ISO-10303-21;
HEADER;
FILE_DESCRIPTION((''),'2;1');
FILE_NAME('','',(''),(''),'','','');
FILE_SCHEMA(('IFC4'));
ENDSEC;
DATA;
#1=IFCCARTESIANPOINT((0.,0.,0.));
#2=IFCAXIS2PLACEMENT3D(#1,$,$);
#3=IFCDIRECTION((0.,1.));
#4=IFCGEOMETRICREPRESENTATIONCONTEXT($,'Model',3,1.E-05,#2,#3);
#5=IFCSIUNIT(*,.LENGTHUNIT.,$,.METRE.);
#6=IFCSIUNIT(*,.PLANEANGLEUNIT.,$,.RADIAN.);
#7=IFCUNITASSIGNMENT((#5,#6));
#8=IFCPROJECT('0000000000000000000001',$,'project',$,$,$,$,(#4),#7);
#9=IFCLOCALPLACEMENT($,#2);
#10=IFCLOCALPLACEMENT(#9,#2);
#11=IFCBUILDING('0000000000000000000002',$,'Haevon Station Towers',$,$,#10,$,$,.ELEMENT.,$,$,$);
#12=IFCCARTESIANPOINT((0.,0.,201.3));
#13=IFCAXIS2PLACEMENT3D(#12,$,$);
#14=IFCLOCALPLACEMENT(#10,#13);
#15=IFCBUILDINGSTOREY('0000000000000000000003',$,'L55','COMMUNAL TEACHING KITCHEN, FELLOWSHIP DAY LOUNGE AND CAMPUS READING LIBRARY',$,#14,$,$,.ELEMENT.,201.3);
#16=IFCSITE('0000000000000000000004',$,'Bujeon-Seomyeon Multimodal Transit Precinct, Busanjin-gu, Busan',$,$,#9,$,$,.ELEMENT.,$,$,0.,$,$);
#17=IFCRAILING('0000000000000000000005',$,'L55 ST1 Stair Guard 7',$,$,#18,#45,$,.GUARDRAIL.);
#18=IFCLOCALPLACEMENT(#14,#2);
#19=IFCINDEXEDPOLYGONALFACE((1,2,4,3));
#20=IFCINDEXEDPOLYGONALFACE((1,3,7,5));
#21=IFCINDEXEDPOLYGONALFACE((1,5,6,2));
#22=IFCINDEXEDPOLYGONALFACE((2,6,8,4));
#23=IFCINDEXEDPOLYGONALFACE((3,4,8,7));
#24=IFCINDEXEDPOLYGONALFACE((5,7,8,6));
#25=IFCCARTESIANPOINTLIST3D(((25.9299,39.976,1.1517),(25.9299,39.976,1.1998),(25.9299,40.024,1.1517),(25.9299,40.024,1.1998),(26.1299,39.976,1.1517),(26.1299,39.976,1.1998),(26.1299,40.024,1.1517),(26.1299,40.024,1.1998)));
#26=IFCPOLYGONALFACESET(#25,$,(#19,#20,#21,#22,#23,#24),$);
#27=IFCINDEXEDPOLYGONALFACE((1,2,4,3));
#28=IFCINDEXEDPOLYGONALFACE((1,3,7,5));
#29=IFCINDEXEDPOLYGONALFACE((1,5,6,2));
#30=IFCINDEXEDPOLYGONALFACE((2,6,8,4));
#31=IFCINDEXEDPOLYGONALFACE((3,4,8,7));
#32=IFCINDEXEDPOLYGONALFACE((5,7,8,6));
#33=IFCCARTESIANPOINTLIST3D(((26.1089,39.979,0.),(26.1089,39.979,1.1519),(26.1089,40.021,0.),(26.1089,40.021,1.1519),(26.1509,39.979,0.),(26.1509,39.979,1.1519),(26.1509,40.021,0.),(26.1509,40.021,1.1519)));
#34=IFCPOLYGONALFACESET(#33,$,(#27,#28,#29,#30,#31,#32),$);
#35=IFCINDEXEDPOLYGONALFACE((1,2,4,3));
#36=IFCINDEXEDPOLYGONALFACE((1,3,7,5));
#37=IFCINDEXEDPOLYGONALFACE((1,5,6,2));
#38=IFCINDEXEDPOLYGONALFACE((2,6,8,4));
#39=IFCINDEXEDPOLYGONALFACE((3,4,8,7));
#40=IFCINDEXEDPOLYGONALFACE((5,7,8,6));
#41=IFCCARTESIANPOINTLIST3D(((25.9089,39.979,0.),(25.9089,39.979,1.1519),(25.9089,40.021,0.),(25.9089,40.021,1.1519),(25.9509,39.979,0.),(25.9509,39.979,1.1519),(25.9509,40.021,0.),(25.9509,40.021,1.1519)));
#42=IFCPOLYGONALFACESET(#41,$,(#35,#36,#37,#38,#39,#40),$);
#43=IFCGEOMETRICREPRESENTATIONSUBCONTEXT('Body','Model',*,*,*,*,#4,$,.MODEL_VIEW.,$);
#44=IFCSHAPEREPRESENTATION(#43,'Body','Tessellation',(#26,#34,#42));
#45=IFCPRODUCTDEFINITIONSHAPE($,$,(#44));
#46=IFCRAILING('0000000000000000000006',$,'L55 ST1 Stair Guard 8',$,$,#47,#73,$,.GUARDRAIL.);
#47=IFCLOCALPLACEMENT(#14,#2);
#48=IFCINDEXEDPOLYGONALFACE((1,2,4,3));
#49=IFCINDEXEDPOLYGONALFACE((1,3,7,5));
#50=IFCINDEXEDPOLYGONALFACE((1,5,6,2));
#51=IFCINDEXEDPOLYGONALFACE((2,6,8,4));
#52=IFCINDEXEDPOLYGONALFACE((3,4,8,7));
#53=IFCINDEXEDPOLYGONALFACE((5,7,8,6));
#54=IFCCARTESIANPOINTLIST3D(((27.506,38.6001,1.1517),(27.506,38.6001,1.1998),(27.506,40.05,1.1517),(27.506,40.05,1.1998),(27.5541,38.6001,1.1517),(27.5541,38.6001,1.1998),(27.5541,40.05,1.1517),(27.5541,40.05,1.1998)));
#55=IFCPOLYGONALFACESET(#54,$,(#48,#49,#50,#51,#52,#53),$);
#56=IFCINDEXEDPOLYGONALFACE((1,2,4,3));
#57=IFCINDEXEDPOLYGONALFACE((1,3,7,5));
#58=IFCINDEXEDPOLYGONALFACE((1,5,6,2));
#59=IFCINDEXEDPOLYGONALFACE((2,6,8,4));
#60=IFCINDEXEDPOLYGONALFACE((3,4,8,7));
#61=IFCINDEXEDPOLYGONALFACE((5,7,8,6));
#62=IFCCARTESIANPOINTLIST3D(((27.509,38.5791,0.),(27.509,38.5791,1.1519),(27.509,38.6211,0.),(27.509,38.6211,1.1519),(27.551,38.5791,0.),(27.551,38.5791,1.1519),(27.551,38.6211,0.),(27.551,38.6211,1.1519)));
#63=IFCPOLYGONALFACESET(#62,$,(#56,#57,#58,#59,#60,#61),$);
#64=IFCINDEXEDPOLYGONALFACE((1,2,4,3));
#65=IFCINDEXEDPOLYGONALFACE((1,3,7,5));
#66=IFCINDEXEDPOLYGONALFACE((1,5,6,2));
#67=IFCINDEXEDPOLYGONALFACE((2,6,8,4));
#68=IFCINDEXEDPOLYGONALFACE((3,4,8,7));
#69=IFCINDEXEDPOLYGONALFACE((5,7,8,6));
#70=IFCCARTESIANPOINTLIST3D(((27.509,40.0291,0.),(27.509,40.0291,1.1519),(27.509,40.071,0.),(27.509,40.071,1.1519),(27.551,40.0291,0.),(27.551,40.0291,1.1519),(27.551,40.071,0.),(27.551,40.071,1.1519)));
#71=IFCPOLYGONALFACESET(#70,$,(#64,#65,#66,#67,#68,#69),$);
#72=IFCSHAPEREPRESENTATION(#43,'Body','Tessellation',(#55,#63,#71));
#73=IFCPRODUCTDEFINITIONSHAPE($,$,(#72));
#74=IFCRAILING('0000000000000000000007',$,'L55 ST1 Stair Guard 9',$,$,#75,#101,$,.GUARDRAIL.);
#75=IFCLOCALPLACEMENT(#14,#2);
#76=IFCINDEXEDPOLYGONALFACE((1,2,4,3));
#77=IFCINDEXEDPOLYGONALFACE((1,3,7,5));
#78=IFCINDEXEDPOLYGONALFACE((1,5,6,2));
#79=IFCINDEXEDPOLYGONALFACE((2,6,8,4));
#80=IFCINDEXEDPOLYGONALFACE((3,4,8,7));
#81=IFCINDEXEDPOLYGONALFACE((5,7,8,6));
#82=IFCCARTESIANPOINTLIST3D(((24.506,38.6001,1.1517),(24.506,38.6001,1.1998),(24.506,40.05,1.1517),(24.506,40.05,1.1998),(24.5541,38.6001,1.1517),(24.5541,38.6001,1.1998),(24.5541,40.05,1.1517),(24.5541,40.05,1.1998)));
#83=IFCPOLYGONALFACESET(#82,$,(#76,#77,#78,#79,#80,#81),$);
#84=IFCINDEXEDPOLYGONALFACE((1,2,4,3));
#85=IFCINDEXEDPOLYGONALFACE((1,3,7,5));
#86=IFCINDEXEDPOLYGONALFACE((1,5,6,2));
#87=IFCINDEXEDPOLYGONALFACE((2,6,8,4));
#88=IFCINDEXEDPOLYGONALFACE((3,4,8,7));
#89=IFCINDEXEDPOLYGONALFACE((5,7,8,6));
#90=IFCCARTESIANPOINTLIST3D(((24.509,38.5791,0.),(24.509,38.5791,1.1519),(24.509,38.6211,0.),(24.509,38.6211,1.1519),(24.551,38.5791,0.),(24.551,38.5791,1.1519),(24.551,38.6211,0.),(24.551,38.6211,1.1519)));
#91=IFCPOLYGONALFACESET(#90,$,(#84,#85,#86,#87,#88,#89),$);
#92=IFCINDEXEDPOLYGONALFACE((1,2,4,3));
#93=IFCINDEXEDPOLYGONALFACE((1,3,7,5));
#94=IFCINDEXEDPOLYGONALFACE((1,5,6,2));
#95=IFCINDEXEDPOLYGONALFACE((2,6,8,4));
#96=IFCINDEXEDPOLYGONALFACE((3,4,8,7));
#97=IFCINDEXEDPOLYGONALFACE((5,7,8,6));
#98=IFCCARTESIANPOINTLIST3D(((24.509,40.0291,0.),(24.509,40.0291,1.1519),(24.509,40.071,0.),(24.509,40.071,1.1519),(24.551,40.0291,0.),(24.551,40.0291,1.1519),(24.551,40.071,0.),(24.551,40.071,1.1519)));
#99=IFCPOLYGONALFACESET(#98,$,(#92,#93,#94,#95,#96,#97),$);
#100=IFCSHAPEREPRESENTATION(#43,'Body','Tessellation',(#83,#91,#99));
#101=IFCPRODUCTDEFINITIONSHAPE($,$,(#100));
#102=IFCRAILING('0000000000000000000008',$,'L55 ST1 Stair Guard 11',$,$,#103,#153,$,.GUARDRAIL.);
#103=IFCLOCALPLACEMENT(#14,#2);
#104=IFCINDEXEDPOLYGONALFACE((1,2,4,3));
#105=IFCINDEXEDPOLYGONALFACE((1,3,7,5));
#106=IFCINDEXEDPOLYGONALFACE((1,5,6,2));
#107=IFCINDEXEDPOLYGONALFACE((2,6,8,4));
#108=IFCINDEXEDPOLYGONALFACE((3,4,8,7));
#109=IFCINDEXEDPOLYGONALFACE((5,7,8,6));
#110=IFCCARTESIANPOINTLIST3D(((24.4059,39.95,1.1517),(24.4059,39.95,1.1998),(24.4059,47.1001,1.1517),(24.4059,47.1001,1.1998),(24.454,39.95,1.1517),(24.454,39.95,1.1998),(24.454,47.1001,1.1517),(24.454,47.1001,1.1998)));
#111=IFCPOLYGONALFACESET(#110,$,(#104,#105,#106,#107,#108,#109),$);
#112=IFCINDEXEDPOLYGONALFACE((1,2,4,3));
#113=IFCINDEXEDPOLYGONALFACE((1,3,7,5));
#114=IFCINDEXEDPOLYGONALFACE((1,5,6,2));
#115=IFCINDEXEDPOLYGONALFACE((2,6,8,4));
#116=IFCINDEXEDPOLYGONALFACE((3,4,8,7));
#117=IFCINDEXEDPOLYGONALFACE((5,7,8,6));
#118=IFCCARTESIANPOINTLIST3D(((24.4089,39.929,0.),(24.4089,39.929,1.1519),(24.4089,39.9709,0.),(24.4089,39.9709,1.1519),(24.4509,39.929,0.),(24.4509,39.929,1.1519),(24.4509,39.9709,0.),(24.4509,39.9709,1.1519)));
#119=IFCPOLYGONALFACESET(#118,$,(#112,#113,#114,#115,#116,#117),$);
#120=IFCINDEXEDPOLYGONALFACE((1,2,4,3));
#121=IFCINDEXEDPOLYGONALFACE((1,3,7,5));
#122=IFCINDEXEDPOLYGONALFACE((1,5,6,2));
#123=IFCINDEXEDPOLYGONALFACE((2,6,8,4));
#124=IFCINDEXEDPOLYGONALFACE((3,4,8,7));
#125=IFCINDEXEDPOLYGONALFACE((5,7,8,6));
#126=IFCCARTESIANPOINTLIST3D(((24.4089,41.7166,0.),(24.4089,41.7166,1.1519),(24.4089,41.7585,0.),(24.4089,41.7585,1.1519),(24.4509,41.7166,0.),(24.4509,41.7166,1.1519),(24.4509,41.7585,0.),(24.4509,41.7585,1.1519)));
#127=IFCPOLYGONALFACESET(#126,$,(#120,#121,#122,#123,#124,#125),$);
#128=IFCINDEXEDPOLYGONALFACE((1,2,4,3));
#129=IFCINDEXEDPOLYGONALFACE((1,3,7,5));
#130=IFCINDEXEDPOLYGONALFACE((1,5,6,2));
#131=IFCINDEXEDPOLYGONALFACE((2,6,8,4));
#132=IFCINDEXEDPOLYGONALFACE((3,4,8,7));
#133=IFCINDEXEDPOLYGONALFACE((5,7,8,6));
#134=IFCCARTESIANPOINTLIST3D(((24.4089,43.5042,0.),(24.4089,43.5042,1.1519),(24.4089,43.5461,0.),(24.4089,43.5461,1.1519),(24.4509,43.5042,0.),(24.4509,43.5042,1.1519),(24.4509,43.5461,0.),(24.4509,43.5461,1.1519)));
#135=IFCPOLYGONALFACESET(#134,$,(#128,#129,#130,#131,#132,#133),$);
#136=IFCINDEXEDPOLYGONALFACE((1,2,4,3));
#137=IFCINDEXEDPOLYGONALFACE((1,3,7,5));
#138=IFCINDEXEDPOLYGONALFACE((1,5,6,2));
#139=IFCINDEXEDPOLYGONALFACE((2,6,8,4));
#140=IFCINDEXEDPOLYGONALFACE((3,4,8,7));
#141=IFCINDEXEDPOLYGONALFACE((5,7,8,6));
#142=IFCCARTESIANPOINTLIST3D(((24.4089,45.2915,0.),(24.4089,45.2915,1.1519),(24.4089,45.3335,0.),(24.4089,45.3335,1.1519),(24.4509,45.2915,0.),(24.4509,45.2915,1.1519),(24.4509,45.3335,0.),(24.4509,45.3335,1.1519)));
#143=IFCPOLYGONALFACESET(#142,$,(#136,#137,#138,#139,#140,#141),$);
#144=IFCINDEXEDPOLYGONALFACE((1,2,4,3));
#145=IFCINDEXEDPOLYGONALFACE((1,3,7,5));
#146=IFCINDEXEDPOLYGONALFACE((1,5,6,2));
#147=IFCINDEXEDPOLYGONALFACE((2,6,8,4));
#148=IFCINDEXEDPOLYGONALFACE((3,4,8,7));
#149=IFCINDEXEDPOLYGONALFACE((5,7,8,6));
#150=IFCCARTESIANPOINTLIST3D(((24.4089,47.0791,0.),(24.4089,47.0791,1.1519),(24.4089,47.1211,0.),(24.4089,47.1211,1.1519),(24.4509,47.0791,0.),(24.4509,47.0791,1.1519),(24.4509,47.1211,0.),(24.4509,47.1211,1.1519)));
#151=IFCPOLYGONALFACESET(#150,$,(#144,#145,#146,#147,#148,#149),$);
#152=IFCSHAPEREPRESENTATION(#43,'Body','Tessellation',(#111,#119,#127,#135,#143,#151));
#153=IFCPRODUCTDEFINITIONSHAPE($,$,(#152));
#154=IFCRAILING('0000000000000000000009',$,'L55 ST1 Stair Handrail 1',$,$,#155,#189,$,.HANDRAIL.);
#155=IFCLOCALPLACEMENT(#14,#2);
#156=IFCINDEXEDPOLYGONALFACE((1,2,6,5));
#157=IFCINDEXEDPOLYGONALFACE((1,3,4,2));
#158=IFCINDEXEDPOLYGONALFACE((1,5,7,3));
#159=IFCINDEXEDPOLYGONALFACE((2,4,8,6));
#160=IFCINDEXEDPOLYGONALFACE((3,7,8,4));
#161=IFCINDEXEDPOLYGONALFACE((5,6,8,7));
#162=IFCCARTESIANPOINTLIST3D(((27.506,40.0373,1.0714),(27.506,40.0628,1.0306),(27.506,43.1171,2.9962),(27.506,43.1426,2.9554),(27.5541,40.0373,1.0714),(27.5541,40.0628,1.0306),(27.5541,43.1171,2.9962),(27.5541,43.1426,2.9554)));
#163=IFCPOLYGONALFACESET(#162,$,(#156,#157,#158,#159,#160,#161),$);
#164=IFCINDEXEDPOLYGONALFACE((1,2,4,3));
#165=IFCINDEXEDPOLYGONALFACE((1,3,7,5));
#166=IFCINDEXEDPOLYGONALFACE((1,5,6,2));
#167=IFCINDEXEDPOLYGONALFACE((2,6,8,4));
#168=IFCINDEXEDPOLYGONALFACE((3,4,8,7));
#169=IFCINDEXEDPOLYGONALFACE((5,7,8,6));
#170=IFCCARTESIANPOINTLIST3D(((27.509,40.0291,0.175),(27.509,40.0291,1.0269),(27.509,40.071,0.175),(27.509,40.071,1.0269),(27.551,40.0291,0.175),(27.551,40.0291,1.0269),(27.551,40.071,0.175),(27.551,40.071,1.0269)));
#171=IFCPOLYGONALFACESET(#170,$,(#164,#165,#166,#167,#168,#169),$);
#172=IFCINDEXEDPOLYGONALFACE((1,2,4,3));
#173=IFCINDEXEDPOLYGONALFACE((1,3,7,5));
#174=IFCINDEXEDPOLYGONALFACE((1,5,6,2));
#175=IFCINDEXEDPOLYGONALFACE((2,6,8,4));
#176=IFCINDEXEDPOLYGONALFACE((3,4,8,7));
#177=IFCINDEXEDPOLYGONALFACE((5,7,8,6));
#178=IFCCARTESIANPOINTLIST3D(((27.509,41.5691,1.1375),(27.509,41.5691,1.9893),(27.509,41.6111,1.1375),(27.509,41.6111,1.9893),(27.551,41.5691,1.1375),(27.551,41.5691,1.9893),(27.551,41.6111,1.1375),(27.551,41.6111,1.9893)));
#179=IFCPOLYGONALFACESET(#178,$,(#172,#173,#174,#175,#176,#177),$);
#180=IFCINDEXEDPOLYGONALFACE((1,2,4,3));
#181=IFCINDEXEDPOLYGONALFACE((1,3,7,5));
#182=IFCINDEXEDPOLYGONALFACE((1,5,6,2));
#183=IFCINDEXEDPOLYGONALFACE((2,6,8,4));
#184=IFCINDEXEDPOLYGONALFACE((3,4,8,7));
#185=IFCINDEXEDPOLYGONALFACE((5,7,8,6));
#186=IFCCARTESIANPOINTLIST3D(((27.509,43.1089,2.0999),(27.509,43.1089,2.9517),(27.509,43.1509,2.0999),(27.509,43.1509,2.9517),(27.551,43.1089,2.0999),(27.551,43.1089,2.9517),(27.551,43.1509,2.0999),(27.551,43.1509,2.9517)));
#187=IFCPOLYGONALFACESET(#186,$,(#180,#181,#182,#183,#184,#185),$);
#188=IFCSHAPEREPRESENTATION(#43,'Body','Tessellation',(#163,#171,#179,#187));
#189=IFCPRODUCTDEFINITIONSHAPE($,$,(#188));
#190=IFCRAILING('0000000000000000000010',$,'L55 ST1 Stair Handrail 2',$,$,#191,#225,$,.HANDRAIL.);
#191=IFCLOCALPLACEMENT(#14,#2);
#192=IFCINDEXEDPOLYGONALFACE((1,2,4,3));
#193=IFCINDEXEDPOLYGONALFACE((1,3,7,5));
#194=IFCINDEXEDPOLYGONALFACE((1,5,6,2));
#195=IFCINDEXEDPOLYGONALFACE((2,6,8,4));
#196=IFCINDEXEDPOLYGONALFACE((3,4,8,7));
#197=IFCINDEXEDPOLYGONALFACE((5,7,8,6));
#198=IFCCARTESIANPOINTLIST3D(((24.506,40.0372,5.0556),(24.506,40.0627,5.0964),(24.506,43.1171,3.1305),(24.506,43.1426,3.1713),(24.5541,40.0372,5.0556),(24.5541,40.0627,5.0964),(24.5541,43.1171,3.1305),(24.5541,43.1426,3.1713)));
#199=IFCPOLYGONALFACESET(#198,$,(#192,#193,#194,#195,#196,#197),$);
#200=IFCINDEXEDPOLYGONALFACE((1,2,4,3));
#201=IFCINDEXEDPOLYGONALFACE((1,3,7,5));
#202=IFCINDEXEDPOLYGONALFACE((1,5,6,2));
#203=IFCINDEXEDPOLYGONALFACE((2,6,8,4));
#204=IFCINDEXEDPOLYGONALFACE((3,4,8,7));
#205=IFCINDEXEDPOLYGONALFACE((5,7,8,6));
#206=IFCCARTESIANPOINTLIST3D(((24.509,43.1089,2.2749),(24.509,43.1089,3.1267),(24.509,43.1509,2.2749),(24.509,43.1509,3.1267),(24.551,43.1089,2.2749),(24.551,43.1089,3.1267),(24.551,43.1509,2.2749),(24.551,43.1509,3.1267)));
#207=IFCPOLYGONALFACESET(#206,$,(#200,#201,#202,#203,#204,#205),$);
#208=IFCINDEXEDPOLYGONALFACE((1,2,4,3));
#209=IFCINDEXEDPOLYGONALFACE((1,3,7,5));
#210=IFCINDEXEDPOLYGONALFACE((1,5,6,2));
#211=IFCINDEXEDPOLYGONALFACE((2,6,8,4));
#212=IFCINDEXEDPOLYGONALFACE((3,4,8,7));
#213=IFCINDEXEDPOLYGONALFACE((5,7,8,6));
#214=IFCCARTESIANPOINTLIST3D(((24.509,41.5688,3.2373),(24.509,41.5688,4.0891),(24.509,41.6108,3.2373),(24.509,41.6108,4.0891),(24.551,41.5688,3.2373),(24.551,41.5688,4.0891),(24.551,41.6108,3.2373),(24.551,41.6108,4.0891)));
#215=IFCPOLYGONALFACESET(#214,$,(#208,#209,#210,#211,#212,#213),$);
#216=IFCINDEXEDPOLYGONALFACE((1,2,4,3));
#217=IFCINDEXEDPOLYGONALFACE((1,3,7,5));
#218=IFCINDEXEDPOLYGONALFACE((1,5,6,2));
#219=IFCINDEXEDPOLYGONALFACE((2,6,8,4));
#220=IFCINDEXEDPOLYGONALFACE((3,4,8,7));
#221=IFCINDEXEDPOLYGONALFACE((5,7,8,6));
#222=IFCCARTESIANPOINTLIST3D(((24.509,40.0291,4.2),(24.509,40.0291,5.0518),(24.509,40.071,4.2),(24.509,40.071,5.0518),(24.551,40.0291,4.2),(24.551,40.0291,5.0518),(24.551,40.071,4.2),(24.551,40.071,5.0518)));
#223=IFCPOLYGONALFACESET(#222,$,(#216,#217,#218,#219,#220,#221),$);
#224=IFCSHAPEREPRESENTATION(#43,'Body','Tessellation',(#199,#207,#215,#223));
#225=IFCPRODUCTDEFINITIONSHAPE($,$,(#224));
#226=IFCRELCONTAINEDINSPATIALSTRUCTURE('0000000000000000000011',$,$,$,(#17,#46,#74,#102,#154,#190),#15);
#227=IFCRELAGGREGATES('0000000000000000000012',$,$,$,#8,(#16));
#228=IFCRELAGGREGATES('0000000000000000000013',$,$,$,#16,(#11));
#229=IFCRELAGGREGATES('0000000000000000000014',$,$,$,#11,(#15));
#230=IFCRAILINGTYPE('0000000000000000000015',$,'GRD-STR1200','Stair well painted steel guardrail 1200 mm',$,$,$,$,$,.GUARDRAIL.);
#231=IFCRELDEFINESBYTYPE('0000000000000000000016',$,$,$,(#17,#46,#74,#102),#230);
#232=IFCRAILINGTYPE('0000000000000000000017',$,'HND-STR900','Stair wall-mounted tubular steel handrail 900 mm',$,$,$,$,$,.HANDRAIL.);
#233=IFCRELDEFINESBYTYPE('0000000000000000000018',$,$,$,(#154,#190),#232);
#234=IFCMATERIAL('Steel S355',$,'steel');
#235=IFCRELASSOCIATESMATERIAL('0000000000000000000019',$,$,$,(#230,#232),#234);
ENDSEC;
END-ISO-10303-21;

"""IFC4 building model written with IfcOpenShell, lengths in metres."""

from ifc_helpers import new_model, si_unit, direction, frame, origin, origin_2d, place, context, subcontext, project, spatial, rectangle, extrude, material, type_object, element, save


model = new_model("IFC4")

# Units and contexts
model_context = context("Model", 3, precision=1e-05, world=origin(), true_north=direction((0.0, 1.0)))
body_context = subcontext(model_context, "Body", "Model", "MODEL_VIEW")
ifc_project = project(units=[si_unit("LENGTHUNIT", "METRE"), si_unit("PLANEANGLEUNIT", "RADIAN")], contexts=[model_context])

# Site, building, storey
site_placement = place(None, origin())
site = spatial("IfcSite", under=ifc_project, at=site_placement, Name="Bujeon-Seomyeon Multimodal Transit Precinct, Busanjin-gu, Busan", CompositionType="ELEMENT", RefElevation=0.0)
building_placement = place(site_placement, origin())
building = spatial("IfcBuilding", under=site, at=building_placement, Name="Haevon Station Towers", CompositionType="ELEMENT")
storey_placement = place(building_placement, frame((0.0, 0.0, 201.3)))
storey = spatial("IfcBuildingStorey", under=building, at=storey_placement, Name="L55", Description="COMMUNAL TEACHING KITCHEN, FELLOWSHIP DAY LOUNGE AND CAMPUS READING LIBRARY", CompositionType="ELEMENT", Elevation=201.3)

# Shared definitions
ifc_material_1 = material(Name="Steel S355", Category="steel")

# Railings
railing_type_1 = type_object("IfcRailingType", Name="GRD-STR1200", Description="Stair well painted steel guardrail 1200 mm", PredefinedType="GUARDRAIL", material=ifc_material_1)
railing_1_placement = place(storey_placement, frame((26.1299, 40.0, 0.0)))
element("IfcRailing", 1, at=railing_1_placement, inside=storey, type_object=railing_type_1, Name="L55 ST1 Stair Guard 7", PredefinedType="GUARDRAIL", context=body_context, shape_type="SweptSolid", body=[
    extrude(rectangle(XDim=0.0481, YDim=0.0481, at=origin_2d()), frame((0.0, 0.0, 1.1758), z_axis=(-1.0, 0.0, 0.0), x_axis=(0.0, -1.0, 0.0)), (0.0, 0.0, 1.0), 0.2),
    extrude(rectangle(XDim=0.042, YDim=0.042, at=origin_2d()), origin(), (0.0, 0.0, 1.0), 1.1519),
    extrude(rectangle(XDim=0.042, YDim=0.042, at=origin_2d()), frame((-0.2, 0.0, 0.0)), (0.0, 0.0, 1.0), 1.1519),
])
for number, where, name in (
    (2, (27.53, 38.6001, 0.0), "L55 ST1 Stair Guard 8"),
    (3, (24.53, 38.6001, 0.0), "L55 ST1 Stair Guard 9"),
):
    element("IfcRailing", number, at=place(storey_placement, frame(where)), inside=storey, type_object=railing_type_1, Name=name, PredefinedType="GUARDRAIL", context=body_context, shape_type="SweptSolid", body=[
        extrude(rectangle(XDim=0.0481, YDim=0.0481, at=origin_2d()), frame((0.0, 0.0, 1.1758), z_axis=(0.0, 1.0, 0.0), x_axis=(-1.0, 0.0, 0.0)), (0.0, 0.0, 1.0), 1.45),
        extrude(rectangle(XDim=0.042, YDim=0.042, at=origin_2d()), origin(), (0.0, 0.0, 1.0), 1.1519),
        extrude(rectangle(XDim=0.042, YDim=0.042, at=origin_2d()), frame((0.0, 1.45, 0.0)), (0.0, 0.0, 1.0), 1.1519),
    ])
railing_2_placement = place(storey_placement, frame((24.4299, 39.95, 0.0)))
element("IfcRailing", 4, at=railing_2_placement, inside=storey, type_object=railing_type_1, Name="L55 ST1 Stair Guard 11", PredefinedType="GUARDRAIL", context=body_context, shape_type="SweptSolid", body=[
    extrude(rectangle(XDim=0.0481, YDim=0.0481, at=origin_2d()), frame((0.0, 0.0, 1.1758), z_axis=(0.0, 1.0, 0.0), x_axis=(-1.0, 0.0, 0.0)), (0.0, 0.0, 1.0), 7.1501),
    extrude(rectangle(XDim=0.042, YDim=0.042, at=origin_2d()), origin(), (0.0, 0.0, 1.0), 1.1519),
    extrude(rectangle(XDim=0.042, YDim=0.042, at=origin_2d()), frame((0.0, 1.7876, 0.0)), (0.0, 0.0, 1.0), 1.1519),
    extrude(rectangle(XDim=0.042, YDim=0.042, at=origin_2d()), frame((0.0, 3.5752, 0.0)), (0.0, 0.0, 1.0), 1.1519),
    extrude(rectangle(XDim=0.042, YDim=0.042, at=origin_2d()), frame((0.0, 5.3625, 0.0)), (0.0, 0.0, 1.0), 1.1519),
    extrude(rectangle(XDim=0.042, YDim=0.042, at=origin_2d()), frame((0.0, 7.1501, 0.0)), (0.0, 0.0, 1.0), 1.1519),
])
railing_type_2 = type_object("IfcRailingType", Name="HND-STR900", Description="Stair wall-mounted tubular steel handrail 900 mm", PredefinedType="HANDRAIL", material=ifc_material_1)
railing_3_placement = place(storey_placement, frame((27.53, 40.05, 0.175)))
element("IfcRailing", 5, at=railing_3_placement, inside=storey, type_object=railing_type_2, Name="L55 ST1 Stair Handrail 1", PredefinedType="HANDRAIL", context=body_context, shape_type="SweptSolid", body=[
    extrude(rectangle(XDim=0.0481, YDim=0.0481, at=origin_2d()), frame((0.0, 0.0, 0.876), z_axis=(0.0, 0.84801, 0.529981), x_axis=(-1.0, 0.0, 0.0)), (0.0, 0.0, 1.0), 3.6318),
    extrude(rectangle(XDim=0.042, YDim=0.042, at=origin_2d()), origin(), (0.0, 0.0, 1.0), 0.8518),
    extrude(rectangle(XDim=0.042, YDim=0.042, at=origin_2d()), frame((0.0, 1.54, 0.9624)), (0.0, 0.0, 1.0), 0.8518),
    extrude(rectangle(XDim=0.042, YDim=0.042, at=origin_2d()), frame((0.0, 3.0798, 1.9248)), (0.0, 0.0, 1.0), 0.8518),
])
railing_4_placement = place(storey_placement, frame((24.53, 43.1299, 2.2749)))
element("IfcRailing", 6, at=railing_4_placement, inside=storey, type_object=railing_type_2, Name="L55 ST1 Stair Handrail 2", PredefinedType="HANDRAIL", context=body_context, shape_type="SweptSolid", body=[
    extrude(rectangle(XDim=0.0481, YDim=0.0481, at=origin_2d()), frame((0.0, 0.0, 0.876), z_axis=(0.0, -0.847979, 0.530029), x_axis=(1.0, 0.0, 0.0)), (0.0, 0.0, 1.0), 3.6321),
    extrude(rectangle(XDim=0.042, YDim=0.042, at=origin_2d()), origin(), (0.0, 0.0, 1.0), 0.8518),
    extrude(rectangle(XDim=0.042, YDim=0.042, at=origin_2d()), frame((0.0, -1.54, 0.9624)), (0.0, 0.0, 1.0), 0.8518),
    extrude(rectangle(XDim=0.042, YDim=0.042, at=origin_2d()), frame((0.0, -3.0798, 1.925)), (0.0, 0.0, 1.0), 0.8518),
])

save(model, "model.ifc")
